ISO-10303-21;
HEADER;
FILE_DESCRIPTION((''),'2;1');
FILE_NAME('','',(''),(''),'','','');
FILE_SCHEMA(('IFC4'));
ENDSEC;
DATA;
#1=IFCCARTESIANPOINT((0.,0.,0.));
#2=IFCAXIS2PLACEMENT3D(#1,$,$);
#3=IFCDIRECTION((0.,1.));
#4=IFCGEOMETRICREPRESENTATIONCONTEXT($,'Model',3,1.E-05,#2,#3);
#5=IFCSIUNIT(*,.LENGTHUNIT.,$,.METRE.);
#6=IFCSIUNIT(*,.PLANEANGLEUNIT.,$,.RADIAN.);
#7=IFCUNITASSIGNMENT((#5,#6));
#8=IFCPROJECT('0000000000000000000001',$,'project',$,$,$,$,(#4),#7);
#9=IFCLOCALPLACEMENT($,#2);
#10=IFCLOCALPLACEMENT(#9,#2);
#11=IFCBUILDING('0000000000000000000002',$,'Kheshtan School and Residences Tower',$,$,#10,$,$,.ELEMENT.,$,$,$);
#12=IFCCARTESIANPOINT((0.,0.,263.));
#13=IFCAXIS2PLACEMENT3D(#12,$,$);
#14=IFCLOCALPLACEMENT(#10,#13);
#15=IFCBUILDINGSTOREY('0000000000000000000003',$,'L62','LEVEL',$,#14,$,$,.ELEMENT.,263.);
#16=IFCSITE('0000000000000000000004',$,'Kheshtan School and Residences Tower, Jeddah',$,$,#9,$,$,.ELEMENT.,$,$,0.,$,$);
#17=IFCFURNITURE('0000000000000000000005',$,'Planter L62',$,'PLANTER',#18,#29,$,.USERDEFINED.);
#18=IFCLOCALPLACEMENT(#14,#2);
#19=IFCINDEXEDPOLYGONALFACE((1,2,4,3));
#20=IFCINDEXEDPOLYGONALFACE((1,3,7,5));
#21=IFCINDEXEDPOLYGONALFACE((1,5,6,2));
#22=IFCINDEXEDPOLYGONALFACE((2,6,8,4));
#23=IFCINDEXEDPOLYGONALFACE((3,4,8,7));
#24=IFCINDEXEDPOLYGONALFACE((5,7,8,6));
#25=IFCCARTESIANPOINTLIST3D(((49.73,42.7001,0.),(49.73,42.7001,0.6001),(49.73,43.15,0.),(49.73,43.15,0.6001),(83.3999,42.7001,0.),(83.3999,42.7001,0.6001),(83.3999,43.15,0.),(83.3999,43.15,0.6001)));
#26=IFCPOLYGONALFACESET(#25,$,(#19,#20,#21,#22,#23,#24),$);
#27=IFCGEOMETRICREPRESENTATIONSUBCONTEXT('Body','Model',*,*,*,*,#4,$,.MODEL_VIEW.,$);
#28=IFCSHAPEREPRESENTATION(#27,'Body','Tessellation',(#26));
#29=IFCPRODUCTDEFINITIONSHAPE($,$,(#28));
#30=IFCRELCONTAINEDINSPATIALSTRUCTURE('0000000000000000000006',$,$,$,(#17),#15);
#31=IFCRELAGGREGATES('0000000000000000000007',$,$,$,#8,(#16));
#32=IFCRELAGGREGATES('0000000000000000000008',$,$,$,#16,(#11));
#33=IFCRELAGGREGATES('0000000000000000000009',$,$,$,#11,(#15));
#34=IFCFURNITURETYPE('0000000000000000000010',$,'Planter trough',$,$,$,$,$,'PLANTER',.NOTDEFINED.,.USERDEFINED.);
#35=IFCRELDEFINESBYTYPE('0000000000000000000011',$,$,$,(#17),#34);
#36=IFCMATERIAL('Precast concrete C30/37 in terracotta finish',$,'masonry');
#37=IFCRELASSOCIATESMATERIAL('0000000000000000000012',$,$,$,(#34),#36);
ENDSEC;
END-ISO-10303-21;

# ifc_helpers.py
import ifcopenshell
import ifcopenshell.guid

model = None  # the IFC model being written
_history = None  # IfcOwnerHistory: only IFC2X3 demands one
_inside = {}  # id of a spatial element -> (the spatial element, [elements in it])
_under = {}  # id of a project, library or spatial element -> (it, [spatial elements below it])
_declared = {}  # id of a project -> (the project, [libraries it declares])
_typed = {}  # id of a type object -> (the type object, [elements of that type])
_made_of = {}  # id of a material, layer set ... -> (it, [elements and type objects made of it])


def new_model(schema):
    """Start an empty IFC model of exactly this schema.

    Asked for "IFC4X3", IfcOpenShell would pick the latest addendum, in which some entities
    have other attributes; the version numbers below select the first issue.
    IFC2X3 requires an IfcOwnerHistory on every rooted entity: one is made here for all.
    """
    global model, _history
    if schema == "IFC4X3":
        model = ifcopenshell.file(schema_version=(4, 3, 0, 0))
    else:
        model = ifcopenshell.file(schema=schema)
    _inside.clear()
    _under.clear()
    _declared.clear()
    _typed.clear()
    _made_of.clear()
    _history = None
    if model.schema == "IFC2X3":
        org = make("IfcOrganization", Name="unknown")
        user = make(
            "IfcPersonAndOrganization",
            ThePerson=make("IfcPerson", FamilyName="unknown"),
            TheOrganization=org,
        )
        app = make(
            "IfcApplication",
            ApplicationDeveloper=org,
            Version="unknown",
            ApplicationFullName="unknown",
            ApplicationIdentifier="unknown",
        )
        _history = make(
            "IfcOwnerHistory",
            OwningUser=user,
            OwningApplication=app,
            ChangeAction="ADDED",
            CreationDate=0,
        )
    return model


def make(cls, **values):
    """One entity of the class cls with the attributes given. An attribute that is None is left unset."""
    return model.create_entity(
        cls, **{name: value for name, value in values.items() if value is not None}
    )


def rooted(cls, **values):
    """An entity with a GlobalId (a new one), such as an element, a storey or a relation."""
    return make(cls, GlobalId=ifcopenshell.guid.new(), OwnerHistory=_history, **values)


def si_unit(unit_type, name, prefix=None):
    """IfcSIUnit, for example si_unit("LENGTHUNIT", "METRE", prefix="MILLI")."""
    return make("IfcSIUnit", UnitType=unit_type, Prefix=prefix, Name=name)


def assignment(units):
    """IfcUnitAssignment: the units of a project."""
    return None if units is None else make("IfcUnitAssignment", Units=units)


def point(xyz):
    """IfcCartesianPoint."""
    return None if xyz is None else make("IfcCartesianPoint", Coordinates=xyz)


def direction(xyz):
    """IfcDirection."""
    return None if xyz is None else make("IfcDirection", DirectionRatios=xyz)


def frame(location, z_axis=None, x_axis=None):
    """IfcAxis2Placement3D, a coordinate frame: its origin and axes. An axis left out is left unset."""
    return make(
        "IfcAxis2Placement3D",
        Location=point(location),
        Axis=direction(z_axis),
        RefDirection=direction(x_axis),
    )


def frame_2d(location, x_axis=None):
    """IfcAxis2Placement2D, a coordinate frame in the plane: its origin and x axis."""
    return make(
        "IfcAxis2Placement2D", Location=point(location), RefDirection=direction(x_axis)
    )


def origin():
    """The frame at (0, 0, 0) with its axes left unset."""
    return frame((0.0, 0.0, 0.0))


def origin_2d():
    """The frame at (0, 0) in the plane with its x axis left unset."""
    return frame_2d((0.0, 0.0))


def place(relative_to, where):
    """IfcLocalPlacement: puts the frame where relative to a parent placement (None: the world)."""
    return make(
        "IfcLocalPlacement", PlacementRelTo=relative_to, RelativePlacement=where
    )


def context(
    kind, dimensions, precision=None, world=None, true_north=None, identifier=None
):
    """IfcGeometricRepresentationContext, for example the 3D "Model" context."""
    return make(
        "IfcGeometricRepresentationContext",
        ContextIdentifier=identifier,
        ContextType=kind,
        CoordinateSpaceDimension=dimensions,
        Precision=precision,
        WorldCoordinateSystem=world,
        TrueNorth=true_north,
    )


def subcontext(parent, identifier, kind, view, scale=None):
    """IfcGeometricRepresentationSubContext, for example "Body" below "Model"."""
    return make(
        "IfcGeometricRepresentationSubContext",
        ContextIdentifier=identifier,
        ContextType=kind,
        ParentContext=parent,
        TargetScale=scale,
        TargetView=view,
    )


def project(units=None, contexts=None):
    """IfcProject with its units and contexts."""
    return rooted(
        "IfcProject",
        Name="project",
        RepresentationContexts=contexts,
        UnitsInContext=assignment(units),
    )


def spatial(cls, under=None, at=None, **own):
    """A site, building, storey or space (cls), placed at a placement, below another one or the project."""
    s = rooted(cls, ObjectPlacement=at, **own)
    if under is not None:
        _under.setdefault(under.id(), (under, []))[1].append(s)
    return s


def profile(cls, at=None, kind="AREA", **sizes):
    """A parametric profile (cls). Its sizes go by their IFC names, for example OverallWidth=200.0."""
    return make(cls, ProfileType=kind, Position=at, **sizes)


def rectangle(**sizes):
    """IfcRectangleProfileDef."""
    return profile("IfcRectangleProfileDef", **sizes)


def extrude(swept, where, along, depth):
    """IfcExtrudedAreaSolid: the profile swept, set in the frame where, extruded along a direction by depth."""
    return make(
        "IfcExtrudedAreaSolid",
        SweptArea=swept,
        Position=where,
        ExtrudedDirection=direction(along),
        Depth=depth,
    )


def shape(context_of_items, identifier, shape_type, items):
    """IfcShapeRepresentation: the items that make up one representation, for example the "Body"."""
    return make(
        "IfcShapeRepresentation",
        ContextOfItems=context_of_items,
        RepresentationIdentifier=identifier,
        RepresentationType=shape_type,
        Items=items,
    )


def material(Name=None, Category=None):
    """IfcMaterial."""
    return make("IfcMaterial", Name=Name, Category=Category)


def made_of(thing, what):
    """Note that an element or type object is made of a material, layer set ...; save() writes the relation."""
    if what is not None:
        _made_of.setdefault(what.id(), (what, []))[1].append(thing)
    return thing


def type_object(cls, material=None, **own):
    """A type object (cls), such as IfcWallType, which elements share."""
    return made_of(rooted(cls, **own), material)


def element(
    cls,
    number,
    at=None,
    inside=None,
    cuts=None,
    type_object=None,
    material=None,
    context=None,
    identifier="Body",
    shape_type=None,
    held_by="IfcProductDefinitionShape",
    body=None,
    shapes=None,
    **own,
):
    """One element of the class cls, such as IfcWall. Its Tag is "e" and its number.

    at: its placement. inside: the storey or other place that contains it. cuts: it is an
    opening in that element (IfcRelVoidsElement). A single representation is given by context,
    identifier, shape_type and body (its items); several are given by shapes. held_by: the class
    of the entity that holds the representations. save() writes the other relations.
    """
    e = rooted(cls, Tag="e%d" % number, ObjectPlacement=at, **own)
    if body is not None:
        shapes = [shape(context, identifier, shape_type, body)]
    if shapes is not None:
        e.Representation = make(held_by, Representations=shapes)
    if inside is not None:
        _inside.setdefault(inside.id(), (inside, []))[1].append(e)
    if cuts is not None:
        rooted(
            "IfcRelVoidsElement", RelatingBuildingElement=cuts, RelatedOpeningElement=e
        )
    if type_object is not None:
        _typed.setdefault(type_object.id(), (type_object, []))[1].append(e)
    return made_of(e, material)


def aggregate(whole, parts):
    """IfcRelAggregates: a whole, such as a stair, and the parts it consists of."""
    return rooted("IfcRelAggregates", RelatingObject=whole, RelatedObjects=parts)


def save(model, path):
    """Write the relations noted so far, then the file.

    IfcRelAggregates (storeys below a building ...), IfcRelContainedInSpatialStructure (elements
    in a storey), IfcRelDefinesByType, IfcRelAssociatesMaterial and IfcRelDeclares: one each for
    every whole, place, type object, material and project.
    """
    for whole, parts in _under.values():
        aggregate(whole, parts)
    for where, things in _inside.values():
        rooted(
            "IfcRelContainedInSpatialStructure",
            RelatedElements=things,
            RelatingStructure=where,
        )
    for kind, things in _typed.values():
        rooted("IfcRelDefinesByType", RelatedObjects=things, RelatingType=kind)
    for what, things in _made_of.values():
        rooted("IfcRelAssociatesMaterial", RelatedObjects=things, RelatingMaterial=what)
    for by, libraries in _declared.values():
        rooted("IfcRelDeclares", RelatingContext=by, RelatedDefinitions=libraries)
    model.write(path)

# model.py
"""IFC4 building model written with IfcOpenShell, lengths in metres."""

from ifc_helpers import new_model, si_unit, direction, frame, origin, origin_2d, place, context, subcontext, project, spatial, rectangle, extrude, material, type_object, element, save


model = new_model("IFC4")

# Units and contexts
model_context = context("Model", 3, precision=1e-05, world=origin(), true_north=direction((0.0, 1.0)))
body_context = subcontext(model_context, "Body", "Model", "MODEL_VIEW")
ifc_project = project(units=[si_unit("LENGTHUNIT", "METRE"), si_unit("PLANEANGLEUNIT", "RADIAN")], contexts=[model_context])

# Site, building, storey
site_placement = place(None, origin())
site = spatial("IfcSite", under=ifc_project, at=site_placement, Name="Kheshtan School and Residences Tower, Jeddah", CompositionType="ELEMENT", RefElevation=0.0)
building_placement = place(site_placement, origin())
building = spatial("IfcBuilding", under=site, at=building_placement, Name="Kheshtan School and Residences Tower", CompositionType="ELEMENT")
storey_placement = place(building_placement, frame((0.0, 0.0, 263.0)))
storey = spatial("IfcBuildingStorey", under=building, at=storey_placement, Name="L62", Description="LEVEL", CompositionType="ELEMENT", Elevation=263.0)

# Furniture
ifc_material_1 = material(Name="Precast concrete C30/37 in terracotta finish", Category="masonry")
furniture_type = type_object("IfcFurnitureType", Name="Planter trough", ElementType="PLANTER", AssemblyPlace="NOTDEFINED", PredefinedType="USERDEFINED", material=ifc_material_1)
furniture_placement = place(storey_placement, frame((66.5649, 42.925, 0.0), z_axis=(0.0, 0.0, 1.0), x_axis=(1.0, 0.0, 0.0)))
element("IfcFurniture", 1, at=furniture_placement, inside=storey, type_object=furniture_type, Name="Planter L62", ObjectType="PLANTER", PredefinedType="USERDEFINED", context=body_context, shape_type="SweptSolid", body=[
    extrude(rectangle(XDim=33.6699, YDim=0.45, at=origin_2d()), origin(), (0.0, 0.0, 1.0), 0.6001),
])

save(model, "model.ifc")
